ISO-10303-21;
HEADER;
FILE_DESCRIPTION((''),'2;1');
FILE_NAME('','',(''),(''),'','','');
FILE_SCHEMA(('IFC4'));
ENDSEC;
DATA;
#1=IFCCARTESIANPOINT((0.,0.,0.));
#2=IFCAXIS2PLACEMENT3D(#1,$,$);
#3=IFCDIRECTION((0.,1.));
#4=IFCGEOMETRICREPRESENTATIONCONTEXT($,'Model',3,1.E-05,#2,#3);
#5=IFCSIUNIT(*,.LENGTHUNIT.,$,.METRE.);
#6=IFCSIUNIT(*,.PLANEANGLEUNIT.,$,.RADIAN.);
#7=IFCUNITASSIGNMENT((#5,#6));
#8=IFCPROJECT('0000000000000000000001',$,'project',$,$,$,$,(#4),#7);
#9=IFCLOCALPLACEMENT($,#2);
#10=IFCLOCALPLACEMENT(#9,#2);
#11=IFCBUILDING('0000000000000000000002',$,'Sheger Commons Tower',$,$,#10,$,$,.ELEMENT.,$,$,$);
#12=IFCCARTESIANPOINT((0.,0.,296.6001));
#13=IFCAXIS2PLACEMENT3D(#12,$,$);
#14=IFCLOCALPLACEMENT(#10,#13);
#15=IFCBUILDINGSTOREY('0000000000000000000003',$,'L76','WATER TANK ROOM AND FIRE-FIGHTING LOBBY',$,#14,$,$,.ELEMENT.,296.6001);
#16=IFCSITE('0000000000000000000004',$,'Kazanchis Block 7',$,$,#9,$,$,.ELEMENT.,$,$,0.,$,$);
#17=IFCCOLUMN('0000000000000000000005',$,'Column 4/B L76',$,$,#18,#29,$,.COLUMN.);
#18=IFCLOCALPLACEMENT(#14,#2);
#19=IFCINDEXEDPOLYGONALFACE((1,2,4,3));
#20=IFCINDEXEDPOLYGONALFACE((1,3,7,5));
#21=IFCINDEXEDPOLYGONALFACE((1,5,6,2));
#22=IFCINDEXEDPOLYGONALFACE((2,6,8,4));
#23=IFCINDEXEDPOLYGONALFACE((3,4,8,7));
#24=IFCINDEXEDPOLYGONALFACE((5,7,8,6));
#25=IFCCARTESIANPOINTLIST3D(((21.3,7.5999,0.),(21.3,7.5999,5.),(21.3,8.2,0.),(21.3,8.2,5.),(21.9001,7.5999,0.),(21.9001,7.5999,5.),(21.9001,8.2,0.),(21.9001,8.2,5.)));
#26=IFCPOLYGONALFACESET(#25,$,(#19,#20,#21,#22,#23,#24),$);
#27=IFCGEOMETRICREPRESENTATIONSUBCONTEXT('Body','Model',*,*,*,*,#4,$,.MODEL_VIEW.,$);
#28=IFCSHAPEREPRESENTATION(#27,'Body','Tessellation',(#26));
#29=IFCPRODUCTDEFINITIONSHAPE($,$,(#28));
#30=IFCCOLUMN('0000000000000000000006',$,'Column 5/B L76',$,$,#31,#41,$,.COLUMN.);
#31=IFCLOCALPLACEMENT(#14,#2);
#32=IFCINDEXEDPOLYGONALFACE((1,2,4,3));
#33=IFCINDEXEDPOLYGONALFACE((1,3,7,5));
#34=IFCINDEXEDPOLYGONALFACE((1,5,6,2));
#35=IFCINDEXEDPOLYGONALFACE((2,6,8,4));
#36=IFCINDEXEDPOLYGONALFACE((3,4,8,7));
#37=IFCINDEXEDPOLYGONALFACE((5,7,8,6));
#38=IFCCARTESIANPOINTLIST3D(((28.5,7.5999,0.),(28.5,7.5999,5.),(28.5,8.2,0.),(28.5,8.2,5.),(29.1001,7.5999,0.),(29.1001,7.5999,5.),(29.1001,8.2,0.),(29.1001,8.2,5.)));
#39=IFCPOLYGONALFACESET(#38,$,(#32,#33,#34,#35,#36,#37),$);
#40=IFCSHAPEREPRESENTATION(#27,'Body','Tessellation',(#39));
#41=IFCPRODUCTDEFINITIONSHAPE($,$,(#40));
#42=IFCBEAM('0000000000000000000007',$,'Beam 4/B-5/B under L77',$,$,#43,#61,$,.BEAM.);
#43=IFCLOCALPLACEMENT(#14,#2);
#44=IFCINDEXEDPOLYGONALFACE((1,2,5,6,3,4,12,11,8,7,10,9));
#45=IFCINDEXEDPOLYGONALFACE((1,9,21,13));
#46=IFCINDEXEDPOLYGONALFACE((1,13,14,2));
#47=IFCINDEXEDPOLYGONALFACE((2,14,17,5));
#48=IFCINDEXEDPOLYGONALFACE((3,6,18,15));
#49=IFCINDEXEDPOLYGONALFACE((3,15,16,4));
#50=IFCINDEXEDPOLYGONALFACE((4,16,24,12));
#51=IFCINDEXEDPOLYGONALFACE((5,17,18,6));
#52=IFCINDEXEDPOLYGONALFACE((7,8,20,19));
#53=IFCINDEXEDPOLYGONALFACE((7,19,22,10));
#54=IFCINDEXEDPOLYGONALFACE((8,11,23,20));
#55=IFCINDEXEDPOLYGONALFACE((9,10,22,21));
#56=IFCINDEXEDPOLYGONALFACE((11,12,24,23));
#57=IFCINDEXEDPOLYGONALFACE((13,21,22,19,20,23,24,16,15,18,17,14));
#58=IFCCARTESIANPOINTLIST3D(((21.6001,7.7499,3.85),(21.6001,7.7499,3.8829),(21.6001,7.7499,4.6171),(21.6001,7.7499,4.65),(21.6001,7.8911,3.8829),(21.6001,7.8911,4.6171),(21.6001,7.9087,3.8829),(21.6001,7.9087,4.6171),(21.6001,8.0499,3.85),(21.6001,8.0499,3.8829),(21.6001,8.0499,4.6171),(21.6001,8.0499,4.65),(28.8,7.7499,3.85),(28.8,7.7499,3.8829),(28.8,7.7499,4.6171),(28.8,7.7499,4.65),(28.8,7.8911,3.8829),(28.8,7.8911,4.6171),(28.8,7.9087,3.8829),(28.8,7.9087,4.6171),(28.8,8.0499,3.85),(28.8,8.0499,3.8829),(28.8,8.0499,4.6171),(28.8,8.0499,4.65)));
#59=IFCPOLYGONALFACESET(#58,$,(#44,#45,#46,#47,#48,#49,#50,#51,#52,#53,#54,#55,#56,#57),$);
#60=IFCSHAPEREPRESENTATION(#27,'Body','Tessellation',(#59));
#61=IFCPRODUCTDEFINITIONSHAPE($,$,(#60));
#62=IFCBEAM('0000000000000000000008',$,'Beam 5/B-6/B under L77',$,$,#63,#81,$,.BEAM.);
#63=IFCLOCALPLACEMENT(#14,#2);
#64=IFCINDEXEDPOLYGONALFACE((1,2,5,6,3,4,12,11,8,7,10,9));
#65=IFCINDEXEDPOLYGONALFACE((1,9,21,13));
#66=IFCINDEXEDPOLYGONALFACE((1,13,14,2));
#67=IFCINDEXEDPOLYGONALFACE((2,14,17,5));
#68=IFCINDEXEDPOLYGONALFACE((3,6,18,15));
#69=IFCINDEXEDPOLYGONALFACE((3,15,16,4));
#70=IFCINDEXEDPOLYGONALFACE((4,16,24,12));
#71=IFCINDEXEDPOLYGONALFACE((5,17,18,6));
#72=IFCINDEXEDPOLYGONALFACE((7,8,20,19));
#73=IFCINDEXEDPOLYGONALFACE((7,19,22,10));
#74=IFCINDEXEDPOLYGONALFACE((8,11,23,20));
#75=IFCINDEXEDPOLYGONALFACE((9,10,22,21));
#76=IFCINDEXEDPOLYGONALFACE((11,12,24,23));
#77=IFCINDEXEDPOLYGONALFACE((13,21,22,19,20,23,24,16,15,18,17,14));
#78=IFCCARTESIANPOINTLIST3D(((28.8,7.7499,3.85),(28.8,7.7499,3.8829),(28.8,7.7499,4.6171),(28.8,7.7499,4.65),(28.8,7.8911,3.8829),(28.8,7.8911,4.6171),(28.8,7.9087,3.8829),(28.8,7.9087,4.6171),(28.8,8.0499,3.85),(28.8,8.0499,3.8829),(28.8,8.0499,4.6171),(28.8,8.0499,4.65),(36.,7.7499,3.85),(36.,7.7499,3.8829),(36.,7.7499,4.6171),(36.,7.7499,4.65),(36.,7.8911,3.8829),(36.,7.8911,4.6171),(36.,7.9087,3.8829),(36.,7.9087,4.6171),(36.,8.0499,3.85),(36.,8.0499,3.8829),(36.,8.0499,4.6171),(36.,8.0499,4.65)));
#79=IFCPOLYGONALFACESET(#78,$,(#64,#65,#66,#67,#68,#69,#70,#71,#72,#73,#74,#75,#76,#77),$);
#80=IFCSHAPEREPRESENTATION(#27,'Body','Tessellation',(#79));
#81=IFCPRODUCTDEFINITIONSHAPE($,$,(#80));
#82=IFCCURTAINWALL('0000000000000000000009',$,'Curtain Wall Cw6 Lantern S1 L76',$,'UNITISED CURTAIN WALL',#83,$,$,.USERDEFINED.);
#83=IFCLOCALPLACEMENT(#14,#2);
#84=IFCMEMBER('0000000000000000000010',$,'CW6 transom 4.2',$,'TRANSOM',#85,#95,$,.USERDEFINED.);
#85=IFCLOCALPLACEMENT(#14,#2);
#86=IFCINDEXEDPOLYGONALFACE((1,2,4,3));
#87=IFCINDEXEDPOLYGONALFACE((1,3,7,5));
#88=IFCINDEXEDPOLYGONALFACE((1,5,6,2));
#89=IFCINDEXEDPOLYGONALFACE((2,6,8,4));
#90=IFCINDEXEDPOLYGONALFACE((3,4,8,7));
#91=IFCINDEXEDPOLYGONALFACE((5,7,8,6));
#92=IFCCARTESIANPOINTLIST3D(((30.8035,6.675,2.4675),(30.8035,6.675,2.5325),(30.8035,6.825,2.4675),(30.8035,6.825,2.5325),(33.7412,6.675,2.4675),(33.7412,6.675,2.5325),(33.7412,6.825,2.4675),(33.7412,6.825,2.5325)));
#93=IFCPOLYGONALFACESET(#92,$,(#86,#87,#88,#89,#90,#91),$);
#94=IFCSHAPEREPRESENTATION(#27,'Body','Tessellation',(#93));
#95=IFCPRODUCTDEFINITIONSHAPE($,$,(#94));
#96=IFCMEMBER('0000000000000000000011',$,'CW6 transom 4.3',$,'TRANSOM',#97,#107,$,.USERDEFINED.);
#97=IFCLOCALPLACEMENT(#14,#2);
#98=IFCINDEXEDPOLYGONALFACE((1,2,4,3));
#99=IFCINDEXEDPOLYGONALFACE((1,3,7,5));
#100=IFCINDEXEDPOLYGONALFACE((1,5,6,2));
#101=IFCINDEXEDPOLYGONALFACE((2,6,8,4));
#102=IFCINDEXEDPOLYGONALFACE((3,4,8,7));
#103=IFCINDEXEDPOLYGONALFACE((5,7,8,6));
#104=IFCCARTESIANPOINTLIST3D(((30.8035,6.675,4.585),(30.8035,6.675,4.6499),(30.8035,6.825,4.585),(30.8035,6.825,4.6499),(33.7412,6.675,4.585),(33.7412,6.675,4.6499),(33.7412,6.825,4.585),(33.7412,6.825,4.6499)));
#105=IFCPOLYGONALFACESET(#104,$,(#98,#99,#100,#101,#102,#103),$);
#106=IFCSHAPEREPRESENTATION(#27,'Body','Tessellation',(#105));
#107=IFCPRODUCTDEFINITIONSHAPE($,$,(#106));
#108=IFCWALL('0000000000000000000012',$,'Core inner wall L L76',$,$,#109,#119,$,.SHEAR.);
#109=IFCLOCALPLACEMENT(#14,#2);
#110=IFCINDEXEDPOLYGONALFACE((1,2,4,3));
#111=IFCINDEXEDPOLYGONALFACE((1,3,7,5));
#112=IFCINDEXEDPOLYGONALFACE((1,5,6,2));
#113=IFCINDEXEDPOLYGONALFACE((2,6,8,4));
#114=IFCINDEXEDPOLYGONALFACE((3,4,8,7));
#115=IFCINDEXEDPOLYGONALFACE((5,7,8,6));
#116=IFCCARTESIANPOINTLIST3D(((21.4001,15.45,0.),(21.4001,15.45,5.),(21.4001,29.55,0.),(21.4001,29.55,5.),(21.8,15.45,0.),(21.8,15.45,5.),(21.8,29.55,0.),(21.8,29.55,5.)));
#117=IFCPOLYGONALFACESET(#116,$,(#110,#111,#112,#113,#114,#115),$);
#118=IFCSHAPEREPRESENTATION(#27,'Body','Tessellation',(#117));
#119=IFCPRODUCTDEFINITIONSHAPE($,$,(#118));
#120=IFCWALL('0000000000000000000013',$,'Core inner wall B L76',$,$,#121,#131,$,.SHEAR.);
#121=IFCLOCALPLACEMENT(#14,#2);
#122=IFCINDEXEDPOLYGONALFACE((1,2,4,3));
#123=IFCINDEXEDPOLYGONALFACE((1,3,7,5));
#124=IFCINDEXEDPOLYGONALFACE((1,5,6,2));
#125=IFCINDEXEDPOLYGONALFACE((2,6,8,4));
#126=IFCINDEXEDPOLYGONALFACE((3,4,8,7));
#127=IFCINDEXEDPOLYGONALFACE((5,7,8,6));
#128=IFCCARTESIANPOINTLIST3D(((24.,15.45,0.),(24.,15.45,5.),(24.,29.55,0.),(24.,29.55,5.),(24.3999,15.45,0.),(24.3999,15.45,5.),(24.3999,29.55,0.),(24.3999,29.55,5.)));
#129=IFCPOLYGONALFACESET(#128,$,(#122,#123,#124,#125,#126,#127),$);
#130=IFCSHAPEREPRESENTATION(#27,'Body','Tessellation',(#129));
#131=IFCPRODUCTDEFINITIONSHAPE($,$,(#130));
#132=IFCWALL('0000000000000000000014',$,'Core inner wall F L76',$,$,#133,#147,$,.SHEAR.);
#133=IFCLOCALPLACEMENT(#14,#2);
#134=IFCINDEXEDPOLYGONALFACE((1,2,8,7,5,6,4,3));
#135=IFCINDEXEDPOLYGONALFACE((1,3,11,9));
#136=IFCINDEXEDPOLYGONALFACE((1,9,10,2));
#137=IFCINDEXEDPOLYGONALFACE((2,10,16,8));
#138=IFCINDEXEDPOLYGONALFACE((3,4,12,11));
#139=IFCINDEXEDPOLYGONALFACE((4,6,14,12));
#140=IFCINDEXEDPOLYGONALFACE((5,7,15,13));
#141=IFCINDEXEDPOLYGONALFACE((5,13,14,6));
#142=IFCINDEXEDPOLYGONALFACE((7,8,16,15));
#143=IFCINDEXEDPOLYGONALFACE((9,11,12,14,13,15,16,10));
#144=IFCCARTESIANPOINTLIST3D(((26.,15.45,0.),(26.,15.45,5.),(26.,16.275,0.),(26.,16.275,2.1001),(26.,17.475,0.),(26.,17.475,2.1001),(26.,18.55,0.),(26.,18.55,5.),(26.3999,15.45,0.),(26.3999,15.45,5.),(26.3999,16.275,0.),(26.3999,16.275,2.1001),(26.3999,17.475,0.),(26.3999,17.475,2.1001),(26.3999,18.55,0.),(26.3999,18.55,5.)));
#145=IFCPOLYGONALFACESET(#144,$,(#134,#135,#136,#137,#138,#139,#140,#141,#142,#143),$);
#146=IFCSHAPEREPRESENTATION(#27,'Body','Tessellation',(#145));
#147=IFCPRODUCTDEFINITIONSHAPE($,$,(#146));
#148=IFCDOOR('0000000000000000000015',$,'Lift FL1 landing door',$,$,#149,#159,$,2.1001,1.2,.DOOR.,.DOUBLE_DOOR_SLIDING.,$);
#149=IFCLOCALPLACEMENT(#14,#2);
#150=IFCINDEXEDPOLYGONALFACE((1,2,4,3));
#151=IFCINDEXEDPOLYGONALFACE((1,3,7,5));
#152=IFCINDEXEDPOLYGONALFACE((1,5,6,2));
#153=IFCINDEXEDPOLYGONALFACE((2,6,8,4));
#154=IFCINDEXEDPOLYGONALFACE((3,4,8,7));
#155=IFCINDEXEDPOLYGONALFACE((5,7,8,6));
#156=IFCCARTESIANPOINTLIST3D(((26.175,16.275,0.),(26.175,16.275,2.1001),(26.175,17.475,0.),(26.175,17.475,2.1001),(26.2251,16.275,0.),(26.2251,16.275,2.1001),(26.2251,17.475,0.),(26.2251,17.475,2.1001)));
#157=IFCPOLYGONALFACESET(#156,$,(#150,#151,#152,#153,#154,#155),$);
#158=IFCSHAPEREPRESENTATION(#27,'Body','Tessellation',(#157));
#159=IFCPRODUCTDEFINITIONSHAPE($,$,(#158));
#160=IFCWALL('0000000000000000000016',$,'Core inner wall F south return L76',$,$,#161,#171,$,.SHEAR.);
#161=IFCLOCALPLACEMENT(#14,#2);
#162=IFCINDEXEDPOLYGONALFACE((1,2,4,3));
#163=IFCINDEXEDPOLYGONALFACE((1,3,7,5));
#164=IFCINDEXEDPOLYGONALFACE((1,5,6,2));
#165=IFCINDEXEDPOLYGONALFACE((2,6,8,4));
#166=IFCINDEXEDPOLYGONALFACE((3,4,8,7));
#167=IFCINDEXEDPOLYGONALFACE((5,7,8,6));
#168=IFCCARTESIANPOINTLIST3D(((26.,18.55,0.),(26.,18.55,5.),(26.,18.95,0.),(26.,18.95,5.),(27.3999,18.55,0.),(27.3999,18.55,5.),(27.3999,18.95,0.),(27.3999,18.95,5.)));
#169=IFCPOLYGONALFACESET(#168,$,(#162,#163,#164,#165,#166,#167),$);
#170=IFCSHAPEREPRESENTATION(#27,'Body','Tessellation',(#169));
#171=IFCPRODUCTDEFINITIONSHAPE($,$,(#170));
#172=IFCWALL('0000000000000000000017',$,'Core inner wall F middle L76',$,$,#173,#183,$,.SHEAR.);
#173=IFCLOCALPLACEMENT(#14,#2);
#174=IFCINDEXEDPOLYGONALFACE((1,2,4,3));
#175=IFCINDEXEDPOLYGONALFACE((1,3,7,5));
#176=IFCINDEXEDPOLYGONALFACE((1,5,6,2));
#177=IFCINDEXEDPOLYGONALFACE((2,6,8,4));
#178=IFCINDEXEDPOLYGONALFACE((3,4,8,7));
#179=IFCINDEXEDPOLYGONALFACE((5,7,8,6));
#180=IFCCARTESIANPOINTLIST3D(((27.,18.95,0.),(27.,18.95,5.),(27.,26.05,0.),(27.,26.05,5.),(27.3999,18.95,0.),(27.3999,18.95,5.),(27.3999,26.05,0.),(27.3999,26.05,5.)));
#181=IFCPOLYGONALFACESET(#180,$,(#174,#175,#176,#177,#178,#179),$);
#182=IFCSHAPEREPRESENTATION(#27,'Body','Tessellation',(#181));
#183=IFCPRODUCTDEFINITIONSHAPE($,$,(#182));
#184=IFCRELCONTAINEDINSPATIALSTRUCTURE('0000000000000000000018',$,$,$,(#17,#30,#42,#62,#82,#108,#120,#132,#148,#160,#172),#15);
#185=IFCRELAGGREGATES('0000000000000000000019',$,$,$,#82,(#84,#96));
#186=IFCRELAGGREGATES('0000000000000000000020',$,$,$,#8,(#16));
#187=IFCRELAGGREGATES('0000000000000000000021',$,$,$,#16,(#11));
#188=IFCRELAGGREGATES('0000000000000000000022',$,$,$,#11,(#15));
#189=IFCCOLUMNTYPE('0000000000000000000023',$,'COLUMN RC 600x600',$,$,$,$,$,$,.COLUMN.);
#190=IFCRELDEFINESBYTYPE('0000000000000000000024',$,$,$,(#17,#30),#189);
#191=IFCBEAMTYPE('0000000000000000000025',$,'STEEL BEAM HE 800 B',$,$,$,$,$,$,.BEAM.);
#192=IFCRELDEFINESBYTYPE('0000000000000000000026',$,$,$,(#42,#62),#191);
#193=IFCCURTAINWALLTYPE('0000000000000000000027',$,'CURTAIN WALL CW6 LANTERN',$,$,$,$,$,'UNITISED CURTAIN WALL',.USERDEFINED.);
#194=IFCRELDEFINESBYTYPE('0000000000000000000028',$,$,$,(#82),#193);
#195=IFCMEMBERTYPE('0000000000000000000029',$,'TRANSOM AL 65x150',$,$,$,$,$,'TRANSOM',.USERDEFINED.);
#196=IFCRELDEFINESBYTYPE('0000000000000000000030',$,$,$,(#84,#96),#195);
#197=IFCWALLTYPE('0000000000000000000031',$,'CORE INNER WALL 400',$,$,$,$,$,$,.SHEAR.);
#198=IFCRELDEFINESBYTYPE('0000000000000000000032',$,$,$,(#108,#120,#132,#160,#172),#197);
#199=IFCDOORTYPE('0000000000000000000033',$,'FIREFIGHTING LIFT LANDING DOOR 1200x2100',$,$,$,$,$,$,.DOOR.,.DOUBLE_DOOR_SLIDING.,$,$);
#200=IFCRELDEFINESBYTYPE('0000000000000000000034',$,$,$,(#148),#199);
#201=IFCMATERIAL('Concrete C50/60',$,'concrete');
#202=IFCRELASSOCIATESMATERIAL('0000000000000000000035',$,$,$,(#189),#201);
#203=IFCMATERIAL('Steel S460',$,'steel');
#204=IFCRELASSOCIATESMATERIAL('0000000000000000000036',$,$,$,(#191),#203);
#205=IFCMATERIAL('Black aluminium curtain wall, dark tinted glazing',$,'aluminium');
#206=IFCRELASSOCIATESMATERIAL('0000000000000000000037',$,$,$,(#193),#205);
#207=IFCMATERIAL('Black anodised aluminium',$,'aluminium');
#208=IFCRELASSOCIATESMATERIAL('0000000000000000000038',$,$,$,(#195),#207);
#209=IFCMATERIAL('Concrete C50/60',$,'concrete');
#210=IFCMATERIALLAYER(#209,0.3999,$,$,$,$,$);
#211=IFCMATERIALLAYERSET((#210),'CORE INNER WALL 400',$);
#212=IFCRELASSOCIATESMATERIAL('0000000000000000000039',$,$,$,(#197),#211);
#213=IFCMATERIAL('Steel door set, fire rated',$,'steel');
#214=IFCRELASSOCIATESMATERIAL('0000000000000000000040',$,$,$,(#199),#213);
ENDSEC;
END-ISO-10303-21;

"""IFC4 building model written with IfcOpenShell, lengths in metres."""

from ifc_helpers import new_model, si_unit, direction, frame, frame_2d, origin, origin_2d, place, context, subcontext, project, spatial, rectangle, i_section, extrude, material, layer, layer_set, material_profile, profile_set, type_object, element, fill, aggregate, save


model = new_model("IFC4")

# Units and contexts
model_context = context("Model", 3, precision=1e-05, world=origin(), true_north=direction((0.0, 1.0)))
body_context = subcontext(model_context, "Body", "Model", "MODEL_VIEW")
ifc_project = project(units=[si_unit("LENGTHUNIT", "METRE"), si_unit("PLANEANGLEUNIT", "RADIAN")], contexts=[model_context])

# Site, building, storey
site_placement = place(None, origin())
site = spatial("IfcSite", under=ifc_project, at=site_placement, Name="Kazanchis Block 7", CompositionType="ELEMENT", RefElevation=0.0)
building_placement = place(site_placement, origin())
building = spatial("IfcBuilding", under=site, at=building_placement, Name="Sheger Commons Tower", CompositionType="ELEMENT")
storey_placement = place(building_placement, frame((0.0, 0.0, 296.6001)))
storey = spatial("IfcBuildingStorey", under=building, at=storey_placement, Name="L76", Description="WATER TANK ROOM AND FIRE-FIGHTING LOBBY", CompositionType="ELEMENT", Elevation=296.6001)

# Columns
ifc_material_1 = material(Name="Concrete C50/60", Category="concrete")
ifc_material_profile_1 = material_profile(ifc_material_1, rectangle(XDim=0.6001, YDim=0.6001, at=origin_2d()), Name="RC 600x600")
ifc_profile_set_1 = profile_set([ifc_material_profile_1], Name="Concrete C50/60")
column_type = type_object("IfcColumnType", Name="COLUMN RC 600x600", PredefinedType="COLUMN", material=ifc_profile_set_1)
for number, where, z_axis, x_axis, name in (
    (1, (21.6001, 7.8999, 0.0), (0.0, 0.0, 1.0), (1.0, 0.0, 0.0), "Column 4/B L76"),
    (2, (28.8, 7.8999, 0.0), (0.0, 0.0, 1.0), (1.0, 0.0, 0.0), "Column 5/B L76"),
):
    element("IfcColumn", number, at=place(storey_placement, frame(where, z_axis=z_axis, x_axis=x_axis)), inside=storey, type_object=column_type, Name=name, PredefinedType="COLUMN", context=body_context, shape_type="SweptSolid", body=[
        extrude(rectangle(XDim=0.6001, YDim=0.6001, at=origin_2d()), origin(), (0.0, 0.0, 1.0), 5.0),
    ])

# Beams
ifc_material_2 = material(Name="Steel S460", Category="steel")
ifc_material_profile_2 = material_profile(ifc_material_2, i_section(OverallWidth=0.3, OverallDepth=0.8, WebThickness=0.0176, FlangeThickness=0.033, at=origin_2d()), Name="HE 800 B")
ifc_profile_set_2 = profile_set([ifc_material_profile_2], Name="Steel S460")
beam_type = type_object("IfcBeamType", Name="STEEL BEAM HE 800 B", PredefinedType="BEAM", material=ifc_profile_set_2)
for number, where, z_axis, x_axis, name in (
    (3, (21.6001, 7.8999, 4.25), (1.0, 0.0, 0.0), (0.0, 1.0, 0.0), "Beam 4/B-5/B under L77"),
    (4, (28.8, 7.8999, 4.25), (1.0, 0.0, 0.0), (0.0, 1.0, 0.0), "Beam 5/B-6/B under L77"),
):
    element("IfcBeam", number, at=place(storey_placement, frame(where, z_axis=z_axis, x_axis=x_axis)), inside=storey, type_object=beam_type, Name=name, PredefinedType="BEAM", context=body_context, shape_type="SweptSolid", body=[
        extrude(i_section(OverallWidth=0.3, OverallDepth=0.8, WebThickness=0.0176, FlangeThickness=0.033, at=origin_2d()), origin(), (0.0, 0.0, 1.0), 7.2),
    ])

# Curtain wall, members
ifc_material_3 = material(Name="Black aluminium curtain wall, dark tinted glazing", Category="aluminium")
curtain_wall_type = type_object("IfcCurtainWallType", Name="CURTAIN WALL CW6 LANTERN", ElementType="UNITISED CURTAIN WALL", PredefinedType="USERDEFINED", material=ifc_material_3)
curtain_wall_placement = place(storey_placement, origin())
curtain_wall = element("IfcCurtainWall", 5, at=curtain_wall_placement, inside=storey, type_object=curtain_wall_type, Name="Curtain Wall Cw6 Lantern S1 L76", ObjectType="UNITISED CURTAIN WALL", PredefinedType="USERDEFINED")
ifc_material_4 = material(Name="Black anodised aluminium", Category="aluminium")
ifc_material_profile_3 = material_profile(ifc_material_4, rectangle(XDim=0.1499, YDim=0.0649, at=origin_2d()), Name="AL 65x150")
ifc_profile_set_3 = profile_set([ifc_material_profile_3], Name="Black anodised aluminium")
member_type = type_object("IfcMemberType", Name="TRANSOM AL 65x150", ElementType="TRANSOM", PredefinedType="USERDEFINED", material=ifc_profile_set_3)
member_1_placement = place(storey_placement, frame((30.8035, 6.75, 2.5), z_axis=(1.0, 0.0, 0.0), x_axis=(0.0, 1.0, 0.0)))
member_1 = element("IfcMember", 6, at=member_1_placement, type_object=member_type, Name="CW6 transom 4.2", ObjectType="TRANSOM", PredefinedType="USERDEFINED", context=body_context, shape_type="SweptSolid", body=[
    extrude(rectangle(XDim=0.1499, YDim=0.0649, at=origin_2d()), origin(), (0.0, 0.0, 1.0), 2.9377),
])
member_2_placement = place(storey_placement, frame((30.8035, 6.75, 4.6174), z_axis=(1.0, 0.0, 0.0), x_axis=(0.0, 1.0, 0.0)))
member_2 = element("IfcMember", 7, at=member_2_placement, type_object=member_type, Name="CW6 transom 4.3", ObjectType="TRANSOM", PredefinedType="USERDEFINED", context=body_context, shape_type="SweptSolid", body=[
    extrude(rectangle(XDim=0.1499, YDim=0.0649, at=origin_2d()), origin(), (0.0, 0.0, 1.0), 2.9377),
])
aggregate(curtain_wall, [member_1, member_2])

# Walls
ifc_material_5 = material(Name="Concrete C50/60", Category="concrete")
ifc_layer_1 = layer(ifc_material_5, 0.3999)
ifc_layer_set_1 = layer_set([ifc_layer_1], Name="CORE INNER WALL 400")
wall_type_1 = type_object("IfcWallType", Name="CORE INNER WALL 400", PredefinedType="SHEAR", material=ifc_layer_set_1)
for number, where, z_axis, x_axis, name in (
    (8, (21.6001, 15.45, 0.0), (0.0, 0.0, 1.0), (0.0, 1.0, 0.0), "Core inner wall L L76"),
    (9, (24.2, 15.45, 0.0), (0.0, 0.0, 1.0), (0.0, 1.0, 0.0), "Core inner wall B L76"),
):
    element("IfcWall", number, at=place(storey_placement, frame(where, z_axis=z_axis, x_axis=x_axis)), inside=storey, type_object=wall_type_1, Name=name, PredefinedType="SHEAR", context=body_context, shape_type="SweptSolid", body=[
        extrude(rectangle(XDim=14.1001, YDim=0.3999, at=frame_2d((7.05, 0.0))), origin(), (0.0, 0.0, 1.0), 5.0),
    ])

# Wall, opening, door
wall_1_placement = place(storey_placement, frame((26.2, 15.45, 0.0), z_axis=(0.0, 0.0, 1.0), x_axis=(0.0, 1.0, 0.0)))
wall_1 = element("IfcWall", 10, at=wall_1_placement, inside=storey, type_object=wall_type_1, Name="Core inner wall F L76", PredefinedType="SHEAR", context=body_context, shape_type="SweptSolid", body=[
    extrude(rectangle(XDim=3.1001, YDim=0.3999, at=frame_2d((1.55, 0.0))), origin(), (0.0, 0.0, 1.0), 5.0),
])
opening_1_placement = place(wall_1_placement, frame((0.825, 0.0, 0.0)))
opening_1 = element("IfcOpeningElement", 11, at=opening_1_placement, cuts=wall_1, PredefinedType="OPENING", context=body_context, shape_type="SweptSolid", body=[
    extrude(rectangle(XDim=1.2, YDim=2.1001, at=frame_2d((0.6001, 1.05))), frame((0.0, 0.21, 0.0), z_axis=(0.0, -1.0, 0.0), x_axis=(1.0, 0.0, 0.0)), (0.0, 0.0, 1.0), 0.4199),
])
ifc_material_6 = material(Name="Steel door set, fire rated", Category="steel")
door_type_1 = type_object("IfcDoorType", Name="FIREFIGHTING LIFT LANDING DOOR 1200x2100", OperationType="DOUBLE_DOOR_SLIDING", PredefinedType="DOOR", material=ifc_material_6)
door_1_placement = place(opening_1_placement, origin())
door_1 = element("IfcDoor", 12, at=door_1_placement, inside=storey, type_object=door_type_1, Name="Lift FL1 landing door", OperationType="DOUBLE_DOOR_SLIDING", OverallHeight=2.1001, OverallWidth=1.2, PredefinedType="DOOR", context=body_context, shape_type="SweptSolid", body=[
    extrude(rectangle(XDim=1.2, YDim=2.1001, at=frame_2d((0.6001, 1.05))), frame((0.0, 0.0249, 0.0), z_axis=(0.0, -1.0, 0.0), x_axis=(1.0, 0.0, 0.0)), (0.0, 0.0, 1.0), 0.05),
])
fill(opening_1, door_1)

# Walls
wall_2_placement = place(storey_placement, frame((26.0, 18.75, 0.0), z_axis=(0.0, 0.0, 1.0), x_axis=(1.0, 0.0, 0.0)))
element("IfcWall", 13, at=wall_2_placement, inside=storey, type_object=wall_type_1, Name="Core inner wall F south return L76", PredefinedType="SHEAR", context=body_context, shape_type="SweptSolid", body=[
    extrude(rectangle(XDim=1.3999, YDim=0.3999, at=frame_2d((0.7, 0.0))), origin(), (0.0, 0.0, 1.0), 5.0),
])
wall_3_placement = place(storey_placement, frame((27.2, 18.95, 0.0), z_axis=(0.0, 0.0, 1.0), x_axis=(0.0, 1.0, 0.0)))
element("IfcWall", 14, at=wall_3_placement, inside=storey, type_object=wall_type_1, Name="Core inner wall F middle L76", PredefinedType="SHEAR", context=body_context, shape_type="SweptSolid", body=[
    extrude(rectangle(XDim=7.1001, YDim=0.3999, at=frame_2d((3.55, 0.0))), origin(), (0.0, 0.0, 1.0), 5.0),
])

save(model, "model.ifc")
